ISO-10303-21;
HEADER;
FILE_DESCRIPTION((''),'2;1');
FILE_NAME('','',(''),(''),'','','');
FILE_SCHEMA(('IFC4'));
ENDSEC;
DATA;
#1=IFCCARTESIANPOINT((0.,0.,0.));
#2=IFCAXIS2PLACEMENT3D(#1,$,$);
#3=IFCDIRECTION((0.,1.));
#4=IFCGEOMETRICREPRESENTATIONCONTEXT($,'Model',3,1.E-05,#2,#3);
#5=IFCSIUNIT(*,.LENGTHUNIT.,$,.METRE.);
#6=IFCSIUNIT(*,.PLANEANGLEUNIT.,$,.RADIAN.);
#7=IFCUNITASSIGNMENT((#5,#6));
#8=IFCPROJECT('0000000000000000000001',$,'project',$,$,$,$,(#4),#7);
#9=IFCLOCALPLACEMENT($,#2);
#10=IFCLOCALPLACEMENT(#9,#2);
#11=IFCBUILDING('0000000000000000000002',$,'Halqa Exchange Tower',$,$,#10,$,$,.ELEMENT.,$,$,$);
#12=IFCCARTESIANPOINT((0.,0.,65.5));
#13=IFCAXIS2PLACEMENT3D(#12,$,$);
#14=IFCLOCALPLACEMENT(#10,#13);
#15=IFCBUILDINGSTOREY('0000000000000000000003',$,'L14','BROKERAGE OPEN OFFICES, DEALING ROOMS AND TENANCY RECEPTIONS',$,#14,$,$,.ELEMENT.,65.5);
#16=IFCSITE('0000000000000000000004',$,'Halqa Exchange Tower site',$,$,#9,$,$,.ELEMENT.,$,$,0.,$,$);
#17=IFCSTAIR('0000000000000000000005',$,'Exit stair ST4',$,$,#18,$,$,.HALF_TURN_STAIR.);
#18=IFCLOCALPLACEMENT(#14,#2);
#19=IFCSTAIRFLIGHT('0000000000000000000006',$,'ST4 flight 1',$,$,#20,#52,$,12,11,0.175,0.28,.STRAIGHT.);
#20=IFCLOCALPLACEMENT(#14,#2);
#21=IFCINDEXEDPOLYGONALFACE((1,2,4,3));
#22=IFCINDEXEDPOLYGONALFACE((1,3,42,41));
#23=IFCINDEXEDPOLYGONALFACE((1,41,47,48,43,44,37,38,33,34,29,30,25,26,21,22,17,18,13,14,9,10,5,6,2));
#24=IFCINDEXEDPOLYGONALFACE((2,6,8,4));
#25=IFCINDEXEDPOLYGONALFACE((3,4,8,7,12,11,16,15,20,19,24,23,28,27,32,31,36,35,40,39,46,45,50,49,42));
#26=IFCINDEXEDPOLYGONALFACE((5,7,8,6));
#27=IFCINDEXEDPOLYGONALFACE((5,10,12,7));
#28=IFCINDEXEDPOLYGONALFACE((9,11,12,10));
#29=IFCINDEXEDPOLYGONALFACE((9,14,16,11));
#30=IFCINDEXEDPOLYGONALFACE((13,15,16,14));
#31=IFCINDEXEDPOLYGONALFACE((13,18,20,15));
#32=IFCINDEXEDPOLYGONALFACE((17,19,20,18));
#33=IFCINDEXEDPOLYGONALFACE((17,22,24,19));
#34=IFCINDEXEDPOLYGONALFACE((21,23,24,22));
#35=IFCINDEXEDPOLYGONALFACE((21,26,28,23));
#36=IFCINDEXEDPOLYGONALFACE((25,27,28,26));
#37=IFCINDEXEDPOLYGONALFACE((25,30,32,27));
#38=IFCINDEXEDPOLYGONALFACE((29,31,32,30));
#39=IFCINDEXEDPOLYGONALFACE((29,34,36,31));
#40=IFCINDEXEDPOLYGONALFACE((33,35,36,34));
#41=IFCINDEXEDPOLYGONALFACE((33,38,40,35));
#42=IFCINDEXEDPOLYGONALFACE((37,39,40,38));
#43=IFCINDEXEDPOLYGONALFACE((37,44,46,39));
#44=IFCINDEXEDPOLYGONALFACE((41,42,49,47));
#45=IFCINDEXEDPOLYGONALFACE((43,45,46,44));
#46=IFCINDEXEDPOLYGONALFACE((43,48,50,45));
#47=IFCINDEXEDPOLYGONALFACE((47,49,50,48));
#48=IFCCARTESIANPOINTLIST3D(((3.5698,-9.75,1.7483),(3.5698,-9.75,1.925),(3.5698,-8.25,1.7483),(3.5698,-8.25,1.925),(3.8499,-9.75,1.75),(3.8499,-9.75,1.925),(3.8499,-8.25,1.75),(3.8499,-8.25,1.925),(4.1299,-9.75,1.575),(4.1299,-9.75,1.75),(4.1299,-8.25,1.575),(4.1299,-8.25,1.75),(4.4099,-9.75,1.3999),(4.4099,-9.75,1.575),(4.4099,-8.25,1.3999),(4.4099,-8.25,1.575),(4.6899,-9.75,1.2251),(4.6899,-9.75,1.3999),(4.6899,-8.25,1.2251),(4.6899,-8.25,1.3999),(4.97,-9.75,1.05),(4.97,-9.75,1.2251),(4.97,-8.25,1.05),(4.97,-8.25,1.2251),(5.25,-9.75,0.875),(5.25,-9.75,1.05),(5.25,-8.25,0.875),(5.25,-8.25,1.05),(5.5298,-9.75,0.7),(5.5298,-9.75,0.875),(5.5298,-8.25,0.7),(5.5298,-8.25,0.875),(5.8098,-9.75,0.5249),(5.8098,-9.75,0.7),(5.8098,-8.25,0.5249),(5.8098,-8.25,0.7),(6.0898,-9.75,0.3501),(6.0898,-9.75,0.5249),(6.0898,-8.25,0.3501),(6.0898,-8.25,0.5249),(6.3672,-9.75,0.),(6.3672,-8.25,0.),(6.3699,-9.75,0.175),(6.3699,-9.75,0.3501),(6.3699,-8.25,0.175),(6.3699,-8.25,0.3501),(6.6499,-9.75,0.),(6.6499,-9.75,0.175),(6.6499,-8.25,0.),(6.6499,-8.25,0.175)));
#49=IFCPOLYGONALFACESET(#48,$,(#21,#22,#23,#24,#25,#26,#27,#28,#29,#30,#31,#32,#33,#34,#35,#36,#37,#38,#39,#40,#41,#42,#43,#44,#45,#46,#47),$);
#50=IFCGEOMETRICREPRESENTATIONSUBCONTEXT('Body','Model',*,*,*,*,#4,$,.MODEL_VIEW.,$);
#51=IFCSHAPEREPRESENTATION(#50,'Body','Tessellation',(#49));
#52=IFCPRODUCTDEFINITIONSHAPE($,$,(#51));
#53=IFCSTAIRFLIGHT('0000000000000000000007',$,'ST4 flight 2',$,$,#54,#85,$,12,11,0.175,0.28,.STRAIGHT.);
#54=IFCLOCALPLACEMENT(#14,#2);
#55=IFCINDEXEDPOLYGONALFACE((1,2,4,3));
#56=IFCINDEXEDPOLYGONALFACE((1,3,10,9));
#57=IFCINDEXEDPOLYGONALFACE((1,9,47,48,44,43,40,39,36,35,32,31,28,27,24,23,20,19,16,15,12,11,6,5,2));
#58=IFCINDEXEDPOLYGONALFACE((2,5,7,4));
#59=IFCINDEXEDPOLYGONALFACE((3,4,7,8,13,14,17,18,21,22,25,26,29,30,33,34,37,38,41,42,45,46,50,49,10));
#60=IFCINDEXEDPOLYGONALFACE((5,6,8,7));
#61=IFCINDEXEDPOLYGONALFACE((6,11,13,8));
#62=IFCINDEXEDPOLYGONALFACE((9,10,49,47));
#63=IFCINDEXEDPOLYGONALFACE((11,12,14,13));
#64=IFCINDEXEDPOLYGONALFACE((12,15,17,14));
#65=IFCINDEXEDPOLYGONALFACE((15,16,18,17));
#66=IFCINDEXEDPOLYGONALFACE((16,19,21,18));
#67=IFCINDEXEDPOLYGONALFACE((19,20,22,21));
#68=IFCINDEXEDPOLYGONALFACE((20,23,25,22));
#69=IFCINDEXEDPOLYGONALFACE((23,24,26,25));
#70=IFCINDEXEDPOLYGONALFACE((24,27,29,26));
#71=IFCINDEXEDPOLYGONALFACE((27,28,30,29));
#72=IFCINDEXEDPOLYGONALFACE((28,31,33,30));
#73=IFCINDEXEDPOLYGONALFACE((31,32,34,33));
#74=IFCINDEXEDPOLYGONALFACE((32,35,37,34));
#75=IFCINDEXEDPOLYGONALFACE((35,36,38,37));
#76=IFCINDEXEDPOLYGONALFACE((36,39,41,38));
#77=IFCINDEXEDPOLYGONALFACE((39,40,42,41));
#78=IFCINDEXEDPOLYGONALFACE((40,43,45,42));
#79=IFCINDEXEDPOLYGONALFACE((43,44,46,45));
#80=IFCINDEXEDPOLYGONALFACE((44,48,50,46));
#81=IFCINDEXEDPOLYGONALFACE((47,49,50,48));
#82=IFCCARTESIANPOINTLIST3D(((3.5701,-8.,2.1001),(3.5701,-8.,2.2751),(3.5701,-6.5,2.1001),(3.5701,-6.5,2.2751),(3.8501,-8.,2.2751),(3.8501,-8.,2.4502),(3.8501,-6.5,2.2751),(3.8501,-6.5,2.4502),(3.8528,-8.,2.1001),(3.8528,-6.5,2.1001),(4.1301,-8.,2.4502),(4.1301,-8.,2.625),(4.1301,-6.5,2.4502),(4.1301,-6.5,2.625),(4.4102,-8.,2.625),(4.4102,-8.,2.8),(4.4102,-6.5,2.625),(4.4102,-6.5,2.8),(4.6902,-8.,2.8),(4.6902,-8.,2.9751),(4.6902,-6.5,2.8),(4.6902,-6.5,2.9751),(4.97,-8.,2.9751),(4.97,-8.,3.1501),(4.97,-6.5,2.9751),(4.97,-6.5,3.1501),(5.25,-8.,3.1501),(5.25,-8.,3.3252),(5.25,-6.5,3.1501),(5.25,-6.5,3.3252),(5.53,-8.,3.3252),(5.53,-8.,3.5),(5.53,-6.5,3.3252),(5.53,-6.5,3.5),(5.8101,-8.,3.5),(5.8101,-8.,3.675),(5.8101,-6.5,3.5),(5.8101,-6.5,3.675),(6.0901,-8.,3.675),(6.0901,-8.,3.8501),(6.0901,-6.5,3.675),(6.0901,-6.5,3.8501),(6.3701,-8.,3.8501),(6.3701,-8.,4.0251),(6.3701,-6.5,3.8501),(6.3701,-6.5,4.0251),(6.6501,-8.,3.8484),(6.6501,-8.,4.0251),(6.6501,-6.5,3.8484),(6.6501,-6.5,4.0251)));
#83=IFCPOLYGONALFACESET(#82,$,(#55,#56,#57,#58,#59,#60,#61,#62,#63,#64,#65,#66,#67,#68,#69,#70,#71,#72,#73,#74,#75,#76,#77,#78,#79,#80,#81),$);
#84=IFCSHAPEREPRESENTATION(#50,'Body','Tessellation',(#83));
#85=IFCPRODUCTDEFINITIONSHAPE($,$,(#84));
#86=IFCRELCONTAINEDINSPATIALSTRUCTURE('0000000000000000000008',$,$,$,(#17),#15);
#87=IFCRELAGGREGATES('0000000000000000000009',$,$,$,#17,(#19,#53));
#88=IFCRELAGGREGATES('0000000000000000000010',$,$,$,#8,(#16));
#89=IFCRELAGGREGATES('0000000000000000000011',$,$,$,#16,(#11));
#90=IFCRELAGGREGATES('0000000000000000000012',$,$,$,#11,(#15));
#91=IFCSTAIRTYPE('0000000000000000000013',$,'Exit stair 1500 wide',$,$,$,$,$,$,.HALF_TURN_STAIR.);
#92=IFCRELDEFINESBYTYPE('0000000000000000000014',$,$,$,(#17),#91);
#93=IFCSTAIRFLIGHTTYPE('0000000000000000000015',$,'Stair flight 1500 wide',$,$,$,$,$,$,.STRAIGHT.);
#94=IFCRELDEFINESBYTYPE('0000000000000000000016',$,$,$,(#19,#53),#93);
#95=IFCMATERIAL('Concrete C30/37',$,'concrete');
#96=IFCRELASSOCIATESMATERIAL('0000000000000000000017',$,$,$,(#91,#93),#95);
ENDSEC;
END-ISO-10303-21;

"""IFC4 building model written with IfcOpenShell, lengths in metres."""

from ifc_helpers import new_model, si_unit, direction, frame, origin, place, context, subcontext, project, spatial, polyline, outline, extrude, material, type_object, element, aggregate, save


model = new_model("IFC4")

# Units and contexts
model_context = context("Model", 3, precision=1e-05, world=origin(), true_north=direction((0.0, 1.0)))
body_context = subcontext(model_context, "Body", "Model", "MODEL_VIEW")
ifc_project = project(units=[si_unit("LENGTHUNIT", "METRE"), si_unit("PLANEANGLEUNIT", "RADIAN")], contexts=[model_context])

# Site, building, storey
site_placement = place(None, origin())
site = spatial("IfcSite", under=ifc_project, at=site_placement, Name="Halqa Exchange Tower site", CompositionType="ELEMENT", RefElevation=0.0)
building_placement = place(site_placement, origin())
building = spatial("IfcBuilding", under=site, at=building_placement, Name="Halqa Exchange Tower", CompositionType="ELEMENT")
storey_placement = place(building_placement, frame((0.0, 0.0, 65.5)))
storey = spatial("IfcBuildingStorey", under=building, at=storey_placement, Name="L14", Description="BROKERAGE OPEN OFFICES, DEALING ROOMS AND TENANCY RECEPTIONS", CompositionType="ELEMENT", Elevation=65.5)

# Shared definitions
ifc_material_1 = material(Name="Concrete C30/37", Category="concrete")

# Stair, stair flights
stair_type = type_object("IfcStairType", Name="Exit stair 1500 wide", PredefinedType="HALF_TURN_STAIR", material=ifc_material_1)
stair_placement = place(storey_placement, origin())
stair = element("IfcStair", 1, at=stair_placement, inside=storey, type_object=stair_type, Name="Exit stair ST4", PredefinedType="HALF_TURN_STAIR")
stair_flight_type = type_object("IfcStairFlightType", Name="Stair flight 1500 wide", PredefinedType="STRAIGHT", material=ifc_material_1)
stair_flight_1_placement = place(storey_placement, frame((6.6499, -9.0, 0.0), z_axis=(0.0, 0.0, 1.0), x_axis=(-1.0, 0.0, 0.0)))
stair_flight_1 = element("IfcStairFlight", 2, at=stair_flight_1_placement, type_object=stair_flight_type, Name="ST4 flight 1", NumberOfRisers=12, NumberOfTreads=11, PredefinedType="STRAIGHT", RiserHeight=0.175, TreadLength=0.28, context=body_context, shape_type="SweptSolid", body=[
    extrude(outline(polyline([(0.0, 0.0), (0.0, 0.175), (0.28, 0.175), (0.28, 0.3501), (0.5601, 0.3501), (0.5601, 0.5249), (0.8401, 0.5249), (0.8401, 0.7), (1.1201, 0.7), (1.1201, 0.875), (1.3999, 0.875), (1.3999, 1.05), (1.6799, 1.05), (1.6799, 1.2251), (1.96, 1.2251), (1.96, 1.3999), (2.24, 1.3999), (2.24, 1.575), (2.52, 1.575), (2.52, 1.75), (2.8, 1.75), (2.8, 1.925), (3.0801, 1.925), (3.0801, 2.1001), (3.0801, 1.7483), (0.2827, 0.0), (0.0, 0.0)])), frame((0.0, 0.75, 0.0), z_axis=(0.0, -1.0, 0.0), x_axis=(1.0, 0.0, 0.0)), (0.0, 0.0, 1.0), 1.5),
])
stair_flight_2_placement = place(storey_placement, frame((3.5701, -7.25, 2.1001), z_axis=(0.0, 0.0, 1.0), x_axis=(1.0, 0.0, 0.0)))
stair_flight_2 = element("IfcStairFlight", 3, at=stair_flight_2_placement, type_object=stair_flight_type, Name="ST4 flight 2", NumberOfRisers=12, NumberOfTreads=11, PredefinedType="STRAIGHT", RiserHeight=0.175, TreadLength=0.28, context=body_context, shape_type="SweptSolid", body=[
    extrude(outline(polyline([(0.0, 0.0), (0.0, 0.175), (0.28, 0.175), (0.28, 0.3501), (0.5601, 0.3501), (0.5601, 0.5249), (0.8401, 0.5249), (0.8401, 0.7), (1.1201, 0.7), (1.1201, 0.875), (1.3999, 0.875), (1.3999, 1.05), (1.6799, 1.05), (1.6799, 1.2251), (1.96, 1.2251), (1.96, 1.3999), (2.24, 1.3999), (2.24, 1.575), (2.52, 1.575), (2.52, 1.75), (2.8, 1.75), (2.8, 1.925), (3.0801, 1.925), (3.0801, 2.1001), (3.0801, 1.7483), (0.2827, 0.0), (0.0, 0.0)])), frame((0.0, 0.75, 0.0), z_axis=(0.0, -1.0, 0.0), x_axis=(1.0, 0.0, 0.0)), (0.0, 0.0, 1.0), 1.5),
])
aggregate(stair, [stair_flight_1, stair_flight_2])

save(model, "model.ifc")
